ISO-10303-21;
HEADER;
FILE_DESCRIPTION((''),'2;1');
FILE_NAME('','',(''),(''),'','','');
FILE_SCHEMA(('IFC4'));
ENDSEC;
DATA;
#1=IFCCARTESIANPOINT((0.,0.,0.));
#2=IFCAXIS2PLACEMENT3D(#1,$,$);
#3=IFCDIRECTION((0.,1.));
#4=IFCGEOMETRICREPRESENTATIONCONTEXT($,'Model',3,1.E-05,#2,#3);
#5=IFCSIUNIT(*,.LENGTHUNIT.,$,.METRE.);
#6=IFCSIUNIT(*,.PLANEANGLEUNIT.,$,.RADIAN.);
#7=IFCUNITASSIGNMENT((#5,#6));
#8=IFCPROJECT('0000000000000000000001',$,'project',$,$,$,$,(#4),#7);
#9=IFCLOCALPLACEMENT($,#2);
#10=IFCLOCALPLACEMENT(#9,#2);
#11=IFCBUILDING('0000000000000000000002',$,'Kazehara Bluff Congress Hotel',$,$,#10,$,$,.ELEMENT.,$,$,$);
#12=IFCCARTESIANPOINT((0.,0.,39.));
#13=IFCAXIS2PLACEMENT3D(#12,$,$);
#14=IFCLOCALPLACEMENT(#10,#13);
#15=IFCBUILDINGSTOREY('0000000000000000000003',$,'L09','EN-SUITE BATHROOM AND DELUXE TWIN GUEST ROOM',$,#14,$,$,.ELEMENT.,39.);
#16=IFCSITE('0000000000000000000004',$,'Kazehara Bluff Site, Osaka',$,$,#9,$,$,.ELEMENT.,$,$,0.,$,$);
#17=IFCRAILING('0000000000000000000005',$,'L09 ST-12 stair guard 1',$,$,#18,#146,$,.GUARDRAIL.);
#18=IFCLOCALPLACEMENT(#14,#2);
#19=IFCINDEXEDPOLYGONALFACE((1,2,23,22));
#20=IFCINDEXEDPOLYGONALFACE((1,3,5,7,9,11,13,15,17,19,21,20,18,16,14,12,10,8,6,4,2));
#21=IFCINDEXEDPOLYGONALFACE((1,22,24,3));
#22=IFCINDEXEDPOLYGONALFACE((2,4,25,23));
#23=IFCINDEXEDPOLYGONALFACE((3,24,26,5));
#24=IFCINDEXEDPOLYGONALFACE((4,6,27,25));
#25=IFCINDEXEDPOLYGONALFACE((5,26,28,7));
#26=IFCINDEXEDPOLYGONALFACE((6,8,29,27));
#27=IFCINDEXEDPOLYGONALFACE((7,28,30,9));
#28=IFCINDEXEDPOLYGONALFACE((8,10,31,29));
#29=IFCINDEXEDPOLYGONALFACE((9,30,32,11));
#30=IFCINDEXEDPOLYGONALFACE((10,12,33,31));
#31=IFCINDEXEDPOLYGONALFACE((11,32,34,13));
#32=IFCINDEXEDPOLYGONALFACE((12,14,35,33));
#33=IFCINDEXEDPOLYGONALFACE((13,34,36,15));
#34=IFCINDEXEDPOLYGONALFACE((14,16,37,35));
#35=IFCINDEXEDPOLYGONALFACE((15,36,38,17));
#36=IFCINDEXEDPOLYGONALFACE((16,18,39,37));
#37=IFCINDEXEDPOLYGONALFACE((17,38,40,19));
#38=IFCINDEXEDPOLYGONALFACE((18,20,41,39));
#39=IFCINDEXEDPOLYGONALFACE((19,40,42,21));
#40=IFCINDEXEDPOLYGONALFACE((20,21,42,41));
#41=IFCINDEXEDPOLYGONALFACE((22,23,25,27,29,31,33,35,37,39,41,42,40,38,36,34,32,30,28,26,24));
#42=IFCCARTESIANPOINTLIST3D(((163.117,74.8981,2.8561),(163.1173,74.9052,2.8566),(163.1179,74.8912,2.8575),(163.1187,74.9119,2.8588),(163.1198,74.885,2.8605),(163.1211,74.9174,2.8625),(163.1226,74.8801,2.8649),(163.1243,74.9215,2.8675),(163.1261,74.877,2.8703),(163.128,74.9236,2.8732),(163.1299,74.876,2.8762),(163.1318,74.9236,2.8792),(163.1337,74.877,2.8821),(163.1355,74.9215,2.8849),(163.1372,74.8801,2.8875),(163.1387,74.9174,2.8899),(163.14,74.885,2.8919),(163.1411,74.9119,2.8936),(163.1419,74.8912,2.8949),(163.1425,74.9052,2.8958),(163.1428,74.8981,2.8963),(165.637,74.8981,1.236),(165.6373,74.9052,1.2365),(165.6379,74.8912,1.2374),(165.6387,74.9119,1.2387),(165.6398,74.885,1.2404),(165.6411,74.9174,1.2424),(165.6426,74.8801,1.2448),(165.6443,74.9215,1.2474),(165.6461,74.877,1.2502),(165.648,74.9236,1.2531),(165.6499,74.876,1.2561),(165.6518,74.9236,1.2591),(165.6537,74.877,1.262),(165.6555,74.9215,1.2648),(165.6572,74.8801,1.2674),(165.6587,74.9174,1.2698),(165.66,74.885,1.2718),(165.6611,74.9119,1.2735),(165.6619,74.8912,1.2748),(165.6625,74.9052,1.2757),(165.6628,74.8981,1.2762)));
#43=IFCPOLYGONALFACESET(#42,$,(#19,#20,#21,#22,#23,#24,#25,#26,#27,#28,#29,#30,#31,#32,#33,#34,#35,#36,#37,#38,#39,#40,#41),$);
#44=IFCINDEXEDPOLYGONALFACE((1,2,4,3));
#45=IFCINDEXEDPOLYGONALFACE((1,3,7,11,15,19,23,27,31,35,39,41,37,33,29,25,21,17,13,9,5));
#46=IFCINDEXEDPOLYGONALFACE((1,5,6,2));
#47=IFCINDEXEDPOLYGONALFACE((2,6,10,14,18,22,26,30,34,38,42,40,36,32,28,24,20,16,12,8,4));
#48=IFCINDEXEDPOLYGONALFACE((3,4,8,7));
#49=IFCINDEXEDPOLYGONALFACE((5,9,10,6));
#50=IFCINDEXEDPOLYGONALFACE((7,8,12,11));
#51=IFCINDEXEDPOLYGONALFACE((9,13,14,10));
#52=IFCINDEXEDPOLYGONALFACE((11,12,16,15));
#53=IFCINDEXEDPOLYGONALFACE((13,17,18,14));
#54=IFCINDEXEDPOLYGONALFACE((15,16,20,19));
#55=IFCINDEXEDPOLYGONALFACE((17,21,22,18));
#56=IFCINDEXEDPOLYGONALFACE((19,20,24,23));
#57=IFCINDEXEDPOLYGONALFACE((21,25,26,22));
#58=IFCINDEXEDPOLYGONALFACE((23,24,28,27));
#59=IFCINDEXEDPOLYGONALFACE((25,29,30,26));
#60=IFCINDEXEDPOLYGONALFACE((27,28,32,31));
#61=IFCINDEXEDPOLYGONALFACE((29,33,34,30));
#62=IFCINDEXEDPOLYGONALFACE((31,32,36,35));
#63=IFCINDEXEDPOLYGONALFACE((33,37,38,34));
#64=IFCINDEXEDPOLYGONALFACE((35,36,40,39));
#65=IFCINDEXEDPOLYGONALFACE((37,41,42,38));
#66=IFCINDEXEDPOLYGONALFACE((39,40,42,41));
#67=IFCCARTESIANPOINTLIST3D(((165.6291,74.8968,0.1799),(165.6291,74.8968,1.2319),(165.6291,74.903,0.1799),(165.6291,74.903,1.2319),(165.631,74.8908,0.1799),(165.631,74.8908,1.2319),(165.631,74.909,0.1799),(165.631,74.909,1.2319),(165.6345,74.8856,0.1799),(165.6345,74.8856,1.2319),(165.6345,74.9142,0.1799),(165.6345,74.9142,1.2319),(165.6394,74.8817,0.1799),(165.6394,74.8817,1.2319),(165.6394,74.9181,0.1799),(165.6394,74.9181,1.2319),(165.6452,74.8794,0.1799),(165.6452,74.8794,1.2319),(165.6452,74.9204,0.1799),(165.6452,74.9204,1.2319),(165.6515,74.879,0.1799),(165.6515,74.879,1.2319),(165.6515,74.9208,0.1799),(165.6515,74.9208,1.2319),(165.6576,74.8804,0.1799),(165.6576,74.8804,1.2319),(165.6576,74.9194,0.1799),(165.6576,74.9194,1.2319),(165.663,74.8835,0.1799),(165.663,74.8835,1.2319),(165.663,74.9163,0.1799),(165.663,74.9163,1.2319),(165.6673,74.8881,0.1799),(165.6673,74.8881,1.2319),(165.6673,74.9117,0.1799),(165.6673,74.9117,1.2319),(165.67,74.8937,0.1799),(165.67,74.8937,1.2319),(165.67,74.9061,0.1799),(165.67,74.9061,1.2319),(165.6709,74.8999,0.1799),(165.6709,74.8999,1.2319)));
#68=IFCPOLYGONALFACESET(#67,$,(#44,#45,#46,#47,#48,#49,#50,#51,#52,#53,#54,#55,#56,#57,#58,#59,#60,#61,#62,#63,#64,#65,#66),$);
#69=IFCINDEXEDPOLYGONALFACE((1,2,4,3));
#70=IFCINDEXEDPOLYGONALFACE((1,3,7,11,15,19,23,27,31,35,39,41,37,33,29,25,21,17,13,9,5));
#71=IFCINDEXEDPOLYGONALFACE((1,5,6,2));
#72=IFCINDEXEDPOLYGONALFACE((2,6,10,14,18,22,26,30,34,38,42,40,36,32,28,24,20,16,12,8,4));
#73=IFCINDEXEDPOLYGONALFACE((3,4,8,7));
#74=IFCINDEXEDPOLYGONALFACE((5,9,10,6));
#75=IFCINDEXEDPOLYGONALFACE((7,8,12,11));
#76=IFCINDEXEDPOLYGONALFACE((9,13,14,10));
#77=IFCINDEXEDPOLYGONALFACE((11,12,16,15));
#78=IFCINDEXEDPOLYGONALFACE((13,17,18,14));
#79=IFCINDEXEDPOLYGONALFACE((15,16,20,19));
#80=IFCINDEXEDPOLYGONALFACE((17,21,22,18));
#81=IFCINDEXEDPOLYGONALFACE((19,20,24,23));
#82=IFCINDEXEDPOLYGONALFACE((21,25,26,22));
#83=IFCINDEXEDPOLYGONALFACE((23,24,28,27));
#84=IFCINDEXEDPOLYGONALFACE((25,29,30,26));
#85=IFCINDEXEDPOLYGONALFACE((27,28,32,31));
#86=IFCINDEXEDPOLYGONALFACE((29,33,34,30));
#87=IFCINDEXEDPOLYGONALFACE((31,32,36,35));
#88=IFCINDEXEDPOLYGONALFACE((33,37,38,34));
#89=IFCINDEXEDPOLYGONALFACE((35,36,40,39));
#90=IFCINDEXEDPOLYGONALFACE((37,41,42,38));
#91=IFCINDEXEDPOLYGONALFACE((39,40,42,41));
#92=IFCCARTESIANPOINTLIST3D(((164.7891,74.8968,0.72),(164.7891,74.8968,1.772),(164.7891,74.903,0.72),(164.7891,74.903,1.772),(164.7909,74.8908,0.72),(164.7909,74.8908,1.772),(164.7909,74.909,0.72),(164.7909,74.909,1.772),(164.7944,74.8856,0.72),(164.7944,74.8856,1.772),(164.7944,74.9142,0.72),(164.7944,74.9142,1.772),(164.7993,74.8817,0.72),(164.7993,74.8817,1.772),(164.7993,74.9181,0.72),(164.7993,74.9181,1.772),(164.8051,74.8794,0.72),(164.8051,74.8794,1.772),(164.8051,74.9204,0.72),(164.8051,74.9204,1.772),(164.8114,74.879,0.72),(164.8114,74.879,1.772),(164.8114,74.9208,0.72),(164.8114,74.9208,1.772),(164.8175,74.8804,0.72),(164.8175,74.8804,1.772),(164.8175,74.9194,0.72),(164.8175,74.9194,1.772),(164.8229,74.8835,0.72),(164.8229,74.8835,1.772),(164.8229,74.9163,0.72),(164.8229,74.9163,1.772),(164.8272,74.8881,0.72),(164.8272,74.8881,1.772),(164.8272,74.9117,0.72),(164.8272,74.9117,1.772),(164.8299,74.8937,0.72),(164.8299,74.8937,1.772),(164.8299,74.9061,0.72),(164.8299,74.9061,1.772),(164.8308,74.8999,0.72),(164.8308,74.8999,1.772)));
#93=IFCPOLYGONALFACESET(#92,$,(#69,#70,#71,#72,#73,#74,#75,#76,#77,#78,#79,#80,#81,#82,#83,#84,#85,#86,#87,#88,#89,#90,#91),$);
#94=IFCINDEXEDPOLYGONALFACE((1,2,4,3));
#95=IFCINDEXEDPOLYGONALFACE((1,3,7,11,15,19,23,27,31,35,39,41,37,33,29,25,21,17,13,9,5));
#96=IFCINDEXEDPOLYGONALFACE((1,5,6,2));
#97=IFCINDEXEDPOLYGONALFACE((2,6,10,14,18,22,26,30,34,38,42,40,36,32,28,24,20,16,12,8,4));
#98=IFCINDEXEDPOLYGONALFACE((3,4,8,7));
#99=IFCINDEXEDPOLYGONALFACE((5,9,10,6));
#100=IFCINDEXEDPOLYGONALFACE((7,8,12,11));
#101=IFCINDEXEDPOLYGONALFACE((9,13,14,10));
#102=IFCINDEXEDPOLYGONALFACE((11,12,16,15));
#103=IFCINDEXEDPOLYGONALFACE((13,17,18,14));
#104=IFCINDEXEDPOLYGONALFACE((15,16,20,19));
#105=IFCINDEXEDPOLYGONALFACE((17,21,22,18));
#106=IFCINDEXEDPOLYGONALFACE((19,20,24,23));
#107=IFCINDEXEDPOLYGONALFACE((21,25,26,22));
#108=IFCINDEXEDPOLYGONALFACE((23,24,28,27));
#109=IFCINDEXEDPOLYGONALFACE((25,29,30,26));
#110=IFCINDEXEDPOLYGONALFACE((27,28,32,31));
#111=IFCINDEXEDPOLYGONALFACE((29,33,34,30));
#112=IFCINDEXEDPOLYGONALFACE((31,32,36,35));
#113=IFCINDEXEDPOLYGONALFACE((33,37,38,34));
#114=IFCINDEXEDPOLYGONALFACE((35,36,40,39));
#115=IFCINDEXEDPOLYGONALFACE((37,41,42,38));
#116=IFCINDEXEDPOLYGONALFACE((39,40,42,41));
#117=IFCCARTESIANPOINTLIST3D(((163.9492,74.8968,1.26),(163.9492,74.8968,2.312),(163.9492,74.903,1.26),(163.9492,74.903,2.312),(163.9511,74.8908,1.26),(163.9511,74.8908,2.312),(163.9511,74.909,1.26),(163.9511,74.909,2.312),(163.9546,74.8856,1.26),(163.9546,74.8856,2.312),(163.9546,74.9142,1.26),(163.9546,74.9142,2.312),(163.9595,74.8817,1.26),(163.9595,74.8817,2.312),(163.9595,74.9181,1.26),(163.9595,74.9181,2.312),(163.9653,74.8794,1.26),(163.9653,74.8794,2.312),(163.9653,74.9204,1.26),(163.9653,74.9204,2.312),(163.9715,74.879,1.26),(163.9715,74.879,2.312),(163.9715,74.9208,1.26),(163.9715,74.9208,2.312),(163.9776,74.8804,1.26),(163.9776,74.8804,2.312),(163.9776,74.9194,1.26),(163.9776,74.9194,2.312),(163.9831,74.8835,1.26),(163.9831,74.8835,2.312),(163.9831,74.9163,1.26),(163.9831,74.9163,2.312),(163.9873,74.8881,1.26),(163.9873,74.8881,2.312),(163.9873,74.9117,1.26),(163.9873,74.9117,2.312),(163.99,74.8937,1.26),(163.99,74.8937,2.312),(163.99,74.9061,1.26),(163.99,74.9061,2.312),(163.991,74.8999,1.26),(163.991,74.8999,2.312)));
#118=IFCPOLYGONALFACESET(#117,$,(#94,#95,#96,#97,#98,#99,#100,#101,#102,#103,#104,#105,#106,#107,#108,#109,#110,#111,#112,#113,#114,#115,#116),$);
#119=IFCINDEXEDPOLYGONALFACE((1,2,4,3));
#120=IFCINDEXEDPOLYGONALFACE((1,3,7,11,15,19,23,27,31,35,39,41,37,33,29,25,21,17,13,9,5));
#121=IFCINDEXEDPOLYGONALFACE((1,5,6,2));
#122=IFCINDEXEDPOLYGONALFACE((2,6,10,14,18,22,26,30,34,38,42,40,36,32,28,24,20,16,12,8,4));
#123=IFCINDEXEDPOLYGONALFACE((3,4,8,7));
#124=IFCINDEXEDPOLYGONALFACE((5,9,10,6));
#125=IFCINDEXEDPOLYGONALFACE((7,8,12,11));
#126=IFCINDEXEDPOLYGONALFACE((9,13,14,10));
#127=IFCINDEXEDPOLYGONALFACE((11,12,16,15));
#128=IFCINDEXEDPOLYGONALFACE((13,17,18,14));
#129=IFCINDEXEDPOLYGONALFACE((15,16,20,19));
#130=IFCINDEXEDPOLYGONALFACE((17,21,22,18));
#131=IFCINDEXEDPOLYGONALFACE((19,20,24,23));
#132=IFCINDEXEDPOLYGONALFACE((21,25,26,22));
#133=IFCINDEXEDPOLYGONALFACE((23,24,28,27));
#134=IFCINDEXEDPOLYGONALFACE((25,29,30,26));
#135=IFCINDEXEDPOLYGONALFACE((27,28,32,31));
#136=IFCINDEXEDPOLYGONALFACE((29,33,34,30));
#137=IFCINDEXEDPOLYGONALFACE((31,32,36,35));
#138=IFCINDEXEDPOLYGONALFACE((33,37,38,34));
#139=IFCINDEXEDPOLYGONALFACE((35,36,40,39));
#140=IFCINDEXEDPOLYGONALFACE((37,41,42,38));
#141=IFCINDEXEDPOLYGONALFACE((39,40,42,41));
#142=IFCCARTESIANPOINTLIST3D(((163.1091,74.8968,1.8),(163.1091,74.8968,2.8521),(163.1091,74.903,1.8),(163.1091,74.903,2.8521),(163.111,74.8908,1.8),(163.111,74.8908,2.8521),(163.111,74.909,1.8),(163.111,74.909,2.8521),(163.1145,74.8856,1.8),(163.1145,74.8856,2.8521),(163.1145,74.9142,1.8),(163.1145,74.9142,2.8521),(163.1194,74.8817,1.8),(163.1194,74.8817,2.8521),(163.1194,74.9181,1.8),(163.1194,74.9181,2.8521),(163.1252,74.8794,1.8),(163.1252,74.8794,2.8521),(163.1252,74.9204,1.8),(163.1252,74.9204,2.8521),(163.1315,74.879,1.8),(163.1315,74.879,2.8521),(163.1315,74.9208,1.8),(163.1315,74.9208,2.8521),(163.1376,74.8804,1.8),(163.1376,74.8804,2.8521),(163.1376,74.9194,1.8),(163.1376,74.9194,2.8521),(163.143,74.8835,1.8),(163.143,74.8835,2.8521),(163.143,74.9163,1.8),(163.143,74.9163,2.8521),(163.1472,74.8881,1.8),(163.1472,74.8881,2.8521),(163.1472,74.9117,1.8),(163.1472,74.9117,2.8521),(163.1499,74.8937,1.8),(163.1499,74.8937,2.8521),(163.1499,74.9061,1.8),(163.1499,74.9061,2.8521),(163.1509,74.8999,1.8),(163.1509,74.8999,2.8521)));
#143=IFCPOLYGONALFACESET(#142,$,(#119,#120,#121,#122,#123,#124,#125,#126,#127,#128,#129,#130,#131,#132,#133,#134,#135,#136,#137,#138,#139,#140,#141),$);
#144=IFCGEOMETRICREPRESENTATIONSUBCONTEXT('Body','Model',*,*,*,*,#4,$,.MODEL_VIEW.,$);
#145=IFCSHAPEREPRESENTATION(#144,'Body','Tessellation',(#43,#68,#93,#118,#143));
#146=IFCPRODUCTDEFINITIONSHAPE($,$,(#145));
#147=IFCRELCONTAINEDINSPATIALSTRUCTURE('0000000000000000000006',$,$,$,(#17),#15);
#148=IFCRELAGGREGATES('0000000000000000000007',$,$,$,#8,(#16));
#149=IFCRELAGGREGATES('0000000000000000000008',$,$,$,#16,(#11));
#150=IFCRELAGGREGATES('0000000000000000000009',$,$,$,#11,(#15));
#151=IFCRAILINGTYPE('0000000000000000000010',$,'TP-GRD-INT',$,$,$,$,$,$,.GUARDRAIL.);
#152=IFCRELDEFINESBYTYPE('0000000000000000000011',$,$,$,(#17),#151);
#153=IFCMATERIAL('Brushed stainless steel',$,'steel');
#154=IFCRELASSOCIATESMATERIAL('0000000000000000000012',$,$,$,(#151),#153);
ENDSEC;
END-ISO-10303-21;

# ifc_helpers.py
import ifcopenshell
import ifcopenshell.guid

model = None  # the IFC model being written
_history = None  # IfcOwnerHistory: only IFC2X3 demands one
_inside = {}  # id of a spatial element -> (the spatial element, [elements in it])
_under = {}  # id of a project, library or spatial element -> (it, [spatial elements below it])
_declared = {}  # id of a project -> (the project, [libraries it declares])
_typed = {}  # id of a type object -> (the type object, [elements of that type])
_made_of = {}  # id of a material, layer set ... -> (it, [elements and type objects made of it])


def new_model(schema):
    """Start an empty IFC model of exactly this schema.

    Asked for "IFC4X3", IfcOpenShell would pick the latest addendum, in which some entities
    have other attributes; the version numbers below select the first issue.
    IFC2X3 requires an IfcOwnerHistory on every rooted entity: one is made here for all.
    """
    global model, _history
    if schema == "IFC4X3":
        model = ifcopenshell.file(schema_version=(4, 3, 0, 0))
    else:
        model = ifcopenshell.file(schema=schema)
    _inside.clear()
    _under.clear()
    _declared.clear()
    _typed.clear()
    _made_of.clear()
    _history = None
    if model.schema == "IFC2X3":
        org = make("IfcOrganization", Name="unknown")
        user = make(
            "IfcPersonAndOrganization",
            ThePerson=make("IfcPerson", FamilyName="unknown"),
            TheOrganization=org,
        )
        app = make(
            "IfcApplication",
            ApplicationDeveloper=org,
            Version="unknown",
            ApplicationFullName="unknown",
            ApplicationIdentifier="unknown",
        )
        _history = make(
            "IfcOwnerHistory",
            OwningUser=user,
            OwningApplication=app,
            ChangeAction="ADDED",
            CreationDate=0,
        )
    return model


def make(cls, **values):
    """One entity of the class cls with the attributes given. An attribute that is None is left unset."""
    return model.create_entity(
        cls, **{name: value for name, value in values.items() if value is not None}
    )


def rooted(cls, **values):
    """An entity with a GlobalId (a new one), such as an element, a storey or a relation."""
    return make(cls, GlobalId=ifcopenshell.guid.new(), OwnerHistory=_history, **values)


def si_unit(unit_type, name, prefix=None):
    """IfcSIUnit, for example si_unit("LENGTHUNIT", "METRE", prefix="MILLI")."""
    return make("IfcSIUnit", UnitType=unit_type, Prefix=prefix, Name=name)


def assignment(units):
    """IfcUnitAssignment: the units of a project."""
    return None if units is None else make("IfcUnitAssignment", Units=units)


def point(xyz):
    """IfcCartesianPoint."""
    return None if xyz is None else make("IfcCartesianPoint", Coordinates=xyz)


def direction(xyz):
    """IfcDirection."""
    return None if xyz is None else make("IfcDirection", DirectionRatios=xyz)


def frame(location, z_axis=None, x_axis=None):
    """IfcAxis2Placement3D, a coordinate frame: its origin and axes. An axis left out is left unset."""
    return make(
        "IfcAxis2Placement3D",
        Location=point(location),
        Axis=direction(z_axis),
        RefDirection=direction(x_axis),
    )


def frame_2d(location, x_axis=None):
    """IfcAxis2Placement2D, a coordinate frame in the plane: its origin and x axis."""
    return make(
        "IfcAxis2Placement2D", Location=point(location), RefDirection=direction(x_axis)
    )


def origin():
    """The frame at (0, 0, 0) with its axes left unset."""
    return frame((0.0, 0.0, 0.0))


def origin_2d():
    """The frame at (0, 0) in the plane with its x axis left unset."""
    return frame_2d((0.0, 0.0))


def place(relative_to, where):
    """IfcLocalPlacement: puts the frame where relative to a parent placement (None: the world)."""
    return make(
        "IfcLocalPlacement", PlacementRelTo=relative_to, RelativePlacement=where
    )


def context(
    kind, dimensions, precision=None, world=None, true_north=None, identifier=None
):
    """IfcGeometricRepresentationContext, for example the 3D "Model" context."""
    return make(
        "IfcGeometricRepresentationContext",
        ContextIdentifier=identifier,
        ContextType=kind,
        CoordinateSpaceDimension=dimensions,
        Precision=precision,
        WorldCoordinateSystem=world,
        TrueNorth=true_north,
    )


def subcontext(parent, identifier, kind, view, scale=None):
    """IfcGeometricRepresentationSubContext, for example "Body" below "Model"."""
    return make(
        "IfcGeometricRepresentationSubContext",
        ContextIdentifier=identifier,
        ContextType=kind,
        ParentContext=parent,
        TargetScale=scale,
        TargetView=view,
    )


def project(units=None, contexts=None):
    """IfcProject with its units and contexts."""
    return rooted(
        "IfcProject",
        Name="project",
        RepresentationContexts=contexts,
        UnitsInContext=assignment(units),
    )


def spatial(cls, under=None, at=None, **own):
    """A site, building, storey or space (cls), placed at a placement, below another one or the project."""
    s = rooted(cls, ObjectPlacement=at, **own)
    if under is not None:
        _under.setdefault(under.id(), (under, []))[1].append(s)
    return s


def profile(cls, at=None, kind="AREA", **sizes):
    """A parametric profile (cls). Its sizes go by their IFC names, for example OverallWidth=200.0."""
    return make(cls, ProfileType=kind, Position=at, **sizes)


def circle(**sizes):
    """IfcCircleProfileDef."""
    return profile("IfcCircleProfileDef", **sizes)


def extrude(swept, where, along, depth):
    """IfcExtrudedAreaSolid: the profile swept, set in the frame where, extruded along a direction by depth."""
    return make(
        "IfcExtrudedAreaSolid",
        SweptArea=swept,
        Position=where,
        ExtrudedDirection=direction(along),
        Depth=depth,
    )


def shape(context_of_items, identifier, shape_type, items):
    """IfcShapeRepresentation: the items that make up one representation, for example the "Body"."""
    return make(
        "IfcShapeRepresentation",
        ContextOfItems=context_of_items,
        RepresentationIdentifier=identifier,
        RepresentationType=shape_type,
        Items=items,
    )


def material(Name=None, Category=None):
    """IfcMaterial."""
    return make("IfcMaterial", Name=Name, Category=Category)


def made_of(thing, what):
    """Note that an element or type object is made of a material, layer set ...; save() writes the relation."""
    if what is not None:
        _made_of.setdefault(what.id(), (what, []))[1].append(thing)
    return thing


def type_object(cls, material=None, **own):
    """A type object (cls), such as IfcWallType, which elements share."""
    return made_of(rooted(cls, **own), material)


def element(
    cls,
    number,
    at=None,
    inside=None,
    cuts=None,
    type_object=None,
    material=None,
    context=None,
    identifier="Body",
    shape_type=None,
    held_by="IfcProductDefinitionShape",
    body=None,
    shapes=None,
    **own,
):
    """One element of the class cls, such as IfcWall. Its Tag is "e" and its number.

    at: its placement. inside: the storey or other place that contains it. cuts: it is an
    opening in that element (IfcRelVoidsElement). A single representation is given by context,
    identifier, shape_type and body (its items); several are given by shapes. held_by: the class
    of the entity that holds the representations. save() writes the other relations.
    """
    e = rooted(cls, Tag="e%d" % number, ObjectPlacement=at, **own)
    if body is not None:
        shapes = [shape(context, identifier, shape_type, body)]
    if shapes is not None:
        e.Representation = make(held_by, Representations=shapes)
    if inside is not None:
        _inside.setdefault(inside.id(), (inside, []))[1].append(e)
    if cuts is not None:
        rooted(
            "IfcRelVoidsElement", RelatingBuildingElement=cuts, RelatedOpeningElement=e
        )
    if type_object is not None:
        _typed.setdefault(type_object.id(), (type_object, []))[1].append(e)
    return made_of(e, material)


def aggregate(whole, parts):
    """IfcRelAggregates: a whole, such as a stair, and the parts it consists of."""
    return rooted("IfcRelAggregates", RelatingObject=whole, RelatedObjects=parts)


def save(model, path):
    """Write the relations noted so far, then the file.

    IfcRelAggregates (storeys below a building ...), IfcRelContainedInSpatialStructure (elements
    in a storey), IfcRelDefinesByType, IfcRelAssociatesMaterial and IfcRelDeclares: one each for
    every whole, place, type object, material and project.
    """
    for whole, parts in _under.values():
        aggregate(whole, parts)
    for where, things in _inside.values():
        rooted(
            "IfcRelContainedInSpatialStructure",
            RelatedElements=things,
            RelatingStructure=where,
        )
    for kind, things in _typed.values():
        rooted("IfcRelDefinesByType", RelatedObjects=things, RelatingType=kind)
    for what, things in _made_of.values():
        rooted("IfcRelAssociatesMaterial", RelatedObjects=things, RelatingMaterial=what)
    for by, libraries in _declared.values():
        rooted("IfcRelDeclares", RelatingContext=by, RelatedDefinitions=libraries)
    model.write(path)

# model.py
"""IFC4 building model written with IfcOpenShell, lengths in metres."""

from ifc_helpers import new_model, si_unit, direction, frame, origin, origin_2d, place, context, subcontext, project, spatial, circle, extrude, material, type_object, element, save


model = new_model("IFC4")

# Units and contexts
model_context = context("Model", 3, precision=1e-05, world=origin(), true_north=direction((0.0, 1.0)))
body_context = subcontext(model_context, "Body", "Model", "MODEL_VIEW")
ifc_project = project(units=[si_unit("LENGTHUNIT", "METRE"), si_unit("PLANEANGLEUNIT", "RADIAN")], contexts=[model_context])

# Site, building, storey
site_placement = place(None, origin())
site = spatial("IfcSite", under=ifc_project, at=site_placement, Name="Kazehara Bluff Site, Osaka", CompositionType="ELEMENT", RefElevation=0.0)
building_placement = place(site_placement, origin())
building = spatial("IfcBuilding", under=site, at=building_placement, Name="Kazehara Bluff Congress Hotel", CompositionType="ELEMENT")
storey_placement = place(building_placement, frame((0.0, 0.0, 39.0)))
storey = spatial("IfcBuildingStorey", under=building, at=storey_placement, Name="L09", Description="EN-SUITE BATHROOM AND DELUXE TWIN GUEST ROOM", CompositionType="ELEMENT", Elevation=39.0)

# Railing
ifc_material_1 = material(Name="Brushed stainless steel", Category="steel")
railing_type_1 = type_object("IfcRailingType", Name="TP-GRD-INT", PredefinedType="GUARDRAIL", material=ifc_material_1)
railing_1_placement = place(storey_placement, frame((165.6499, 74.8999, 0.1799)))
element("IfcRailing", 1, at=railing_1_placement, inside=storey, type_object=railing_type_1, Name="L09 ST-12 stair guard 1", PredefinedType="GUARDRAIL", context=body_context, shape_type="SweptSolid", body=[
    extrude(circle(Radius=0.0239, at=origin_2d()), frame((0.0, 0.0, 1.0762), z_axis=(-0.841163, 0.0, 0.540782), x_axis=(0.0, -1.0, 0.0)), (0.0, 0.0, 1.0), 2.9958),
    extrude(circle(Radius=0.021, at=origin_2d()), origin(), (0.0, 0.0, 1.0), 1.052),
    extrude(circle(Radius=0.021, at=origin_2d()), frame((-0.8401, 0.0, 0.54)), (0.0, 0.0, 1.0), 1.052),
    extrude(circle(Radius=0.021, at=origin_2d()), frame((-1.6799, 0.0, 1.0801)), (0.0, 0.0, 1.0), 1.052),
    extrude(circle(Radius=0.021, at=origin_2d()), frame((-2.52, 0.0, 1.6201)), (0.0, 0.0, 1.0), 1.052),
])

save(model, "model.ifc")
